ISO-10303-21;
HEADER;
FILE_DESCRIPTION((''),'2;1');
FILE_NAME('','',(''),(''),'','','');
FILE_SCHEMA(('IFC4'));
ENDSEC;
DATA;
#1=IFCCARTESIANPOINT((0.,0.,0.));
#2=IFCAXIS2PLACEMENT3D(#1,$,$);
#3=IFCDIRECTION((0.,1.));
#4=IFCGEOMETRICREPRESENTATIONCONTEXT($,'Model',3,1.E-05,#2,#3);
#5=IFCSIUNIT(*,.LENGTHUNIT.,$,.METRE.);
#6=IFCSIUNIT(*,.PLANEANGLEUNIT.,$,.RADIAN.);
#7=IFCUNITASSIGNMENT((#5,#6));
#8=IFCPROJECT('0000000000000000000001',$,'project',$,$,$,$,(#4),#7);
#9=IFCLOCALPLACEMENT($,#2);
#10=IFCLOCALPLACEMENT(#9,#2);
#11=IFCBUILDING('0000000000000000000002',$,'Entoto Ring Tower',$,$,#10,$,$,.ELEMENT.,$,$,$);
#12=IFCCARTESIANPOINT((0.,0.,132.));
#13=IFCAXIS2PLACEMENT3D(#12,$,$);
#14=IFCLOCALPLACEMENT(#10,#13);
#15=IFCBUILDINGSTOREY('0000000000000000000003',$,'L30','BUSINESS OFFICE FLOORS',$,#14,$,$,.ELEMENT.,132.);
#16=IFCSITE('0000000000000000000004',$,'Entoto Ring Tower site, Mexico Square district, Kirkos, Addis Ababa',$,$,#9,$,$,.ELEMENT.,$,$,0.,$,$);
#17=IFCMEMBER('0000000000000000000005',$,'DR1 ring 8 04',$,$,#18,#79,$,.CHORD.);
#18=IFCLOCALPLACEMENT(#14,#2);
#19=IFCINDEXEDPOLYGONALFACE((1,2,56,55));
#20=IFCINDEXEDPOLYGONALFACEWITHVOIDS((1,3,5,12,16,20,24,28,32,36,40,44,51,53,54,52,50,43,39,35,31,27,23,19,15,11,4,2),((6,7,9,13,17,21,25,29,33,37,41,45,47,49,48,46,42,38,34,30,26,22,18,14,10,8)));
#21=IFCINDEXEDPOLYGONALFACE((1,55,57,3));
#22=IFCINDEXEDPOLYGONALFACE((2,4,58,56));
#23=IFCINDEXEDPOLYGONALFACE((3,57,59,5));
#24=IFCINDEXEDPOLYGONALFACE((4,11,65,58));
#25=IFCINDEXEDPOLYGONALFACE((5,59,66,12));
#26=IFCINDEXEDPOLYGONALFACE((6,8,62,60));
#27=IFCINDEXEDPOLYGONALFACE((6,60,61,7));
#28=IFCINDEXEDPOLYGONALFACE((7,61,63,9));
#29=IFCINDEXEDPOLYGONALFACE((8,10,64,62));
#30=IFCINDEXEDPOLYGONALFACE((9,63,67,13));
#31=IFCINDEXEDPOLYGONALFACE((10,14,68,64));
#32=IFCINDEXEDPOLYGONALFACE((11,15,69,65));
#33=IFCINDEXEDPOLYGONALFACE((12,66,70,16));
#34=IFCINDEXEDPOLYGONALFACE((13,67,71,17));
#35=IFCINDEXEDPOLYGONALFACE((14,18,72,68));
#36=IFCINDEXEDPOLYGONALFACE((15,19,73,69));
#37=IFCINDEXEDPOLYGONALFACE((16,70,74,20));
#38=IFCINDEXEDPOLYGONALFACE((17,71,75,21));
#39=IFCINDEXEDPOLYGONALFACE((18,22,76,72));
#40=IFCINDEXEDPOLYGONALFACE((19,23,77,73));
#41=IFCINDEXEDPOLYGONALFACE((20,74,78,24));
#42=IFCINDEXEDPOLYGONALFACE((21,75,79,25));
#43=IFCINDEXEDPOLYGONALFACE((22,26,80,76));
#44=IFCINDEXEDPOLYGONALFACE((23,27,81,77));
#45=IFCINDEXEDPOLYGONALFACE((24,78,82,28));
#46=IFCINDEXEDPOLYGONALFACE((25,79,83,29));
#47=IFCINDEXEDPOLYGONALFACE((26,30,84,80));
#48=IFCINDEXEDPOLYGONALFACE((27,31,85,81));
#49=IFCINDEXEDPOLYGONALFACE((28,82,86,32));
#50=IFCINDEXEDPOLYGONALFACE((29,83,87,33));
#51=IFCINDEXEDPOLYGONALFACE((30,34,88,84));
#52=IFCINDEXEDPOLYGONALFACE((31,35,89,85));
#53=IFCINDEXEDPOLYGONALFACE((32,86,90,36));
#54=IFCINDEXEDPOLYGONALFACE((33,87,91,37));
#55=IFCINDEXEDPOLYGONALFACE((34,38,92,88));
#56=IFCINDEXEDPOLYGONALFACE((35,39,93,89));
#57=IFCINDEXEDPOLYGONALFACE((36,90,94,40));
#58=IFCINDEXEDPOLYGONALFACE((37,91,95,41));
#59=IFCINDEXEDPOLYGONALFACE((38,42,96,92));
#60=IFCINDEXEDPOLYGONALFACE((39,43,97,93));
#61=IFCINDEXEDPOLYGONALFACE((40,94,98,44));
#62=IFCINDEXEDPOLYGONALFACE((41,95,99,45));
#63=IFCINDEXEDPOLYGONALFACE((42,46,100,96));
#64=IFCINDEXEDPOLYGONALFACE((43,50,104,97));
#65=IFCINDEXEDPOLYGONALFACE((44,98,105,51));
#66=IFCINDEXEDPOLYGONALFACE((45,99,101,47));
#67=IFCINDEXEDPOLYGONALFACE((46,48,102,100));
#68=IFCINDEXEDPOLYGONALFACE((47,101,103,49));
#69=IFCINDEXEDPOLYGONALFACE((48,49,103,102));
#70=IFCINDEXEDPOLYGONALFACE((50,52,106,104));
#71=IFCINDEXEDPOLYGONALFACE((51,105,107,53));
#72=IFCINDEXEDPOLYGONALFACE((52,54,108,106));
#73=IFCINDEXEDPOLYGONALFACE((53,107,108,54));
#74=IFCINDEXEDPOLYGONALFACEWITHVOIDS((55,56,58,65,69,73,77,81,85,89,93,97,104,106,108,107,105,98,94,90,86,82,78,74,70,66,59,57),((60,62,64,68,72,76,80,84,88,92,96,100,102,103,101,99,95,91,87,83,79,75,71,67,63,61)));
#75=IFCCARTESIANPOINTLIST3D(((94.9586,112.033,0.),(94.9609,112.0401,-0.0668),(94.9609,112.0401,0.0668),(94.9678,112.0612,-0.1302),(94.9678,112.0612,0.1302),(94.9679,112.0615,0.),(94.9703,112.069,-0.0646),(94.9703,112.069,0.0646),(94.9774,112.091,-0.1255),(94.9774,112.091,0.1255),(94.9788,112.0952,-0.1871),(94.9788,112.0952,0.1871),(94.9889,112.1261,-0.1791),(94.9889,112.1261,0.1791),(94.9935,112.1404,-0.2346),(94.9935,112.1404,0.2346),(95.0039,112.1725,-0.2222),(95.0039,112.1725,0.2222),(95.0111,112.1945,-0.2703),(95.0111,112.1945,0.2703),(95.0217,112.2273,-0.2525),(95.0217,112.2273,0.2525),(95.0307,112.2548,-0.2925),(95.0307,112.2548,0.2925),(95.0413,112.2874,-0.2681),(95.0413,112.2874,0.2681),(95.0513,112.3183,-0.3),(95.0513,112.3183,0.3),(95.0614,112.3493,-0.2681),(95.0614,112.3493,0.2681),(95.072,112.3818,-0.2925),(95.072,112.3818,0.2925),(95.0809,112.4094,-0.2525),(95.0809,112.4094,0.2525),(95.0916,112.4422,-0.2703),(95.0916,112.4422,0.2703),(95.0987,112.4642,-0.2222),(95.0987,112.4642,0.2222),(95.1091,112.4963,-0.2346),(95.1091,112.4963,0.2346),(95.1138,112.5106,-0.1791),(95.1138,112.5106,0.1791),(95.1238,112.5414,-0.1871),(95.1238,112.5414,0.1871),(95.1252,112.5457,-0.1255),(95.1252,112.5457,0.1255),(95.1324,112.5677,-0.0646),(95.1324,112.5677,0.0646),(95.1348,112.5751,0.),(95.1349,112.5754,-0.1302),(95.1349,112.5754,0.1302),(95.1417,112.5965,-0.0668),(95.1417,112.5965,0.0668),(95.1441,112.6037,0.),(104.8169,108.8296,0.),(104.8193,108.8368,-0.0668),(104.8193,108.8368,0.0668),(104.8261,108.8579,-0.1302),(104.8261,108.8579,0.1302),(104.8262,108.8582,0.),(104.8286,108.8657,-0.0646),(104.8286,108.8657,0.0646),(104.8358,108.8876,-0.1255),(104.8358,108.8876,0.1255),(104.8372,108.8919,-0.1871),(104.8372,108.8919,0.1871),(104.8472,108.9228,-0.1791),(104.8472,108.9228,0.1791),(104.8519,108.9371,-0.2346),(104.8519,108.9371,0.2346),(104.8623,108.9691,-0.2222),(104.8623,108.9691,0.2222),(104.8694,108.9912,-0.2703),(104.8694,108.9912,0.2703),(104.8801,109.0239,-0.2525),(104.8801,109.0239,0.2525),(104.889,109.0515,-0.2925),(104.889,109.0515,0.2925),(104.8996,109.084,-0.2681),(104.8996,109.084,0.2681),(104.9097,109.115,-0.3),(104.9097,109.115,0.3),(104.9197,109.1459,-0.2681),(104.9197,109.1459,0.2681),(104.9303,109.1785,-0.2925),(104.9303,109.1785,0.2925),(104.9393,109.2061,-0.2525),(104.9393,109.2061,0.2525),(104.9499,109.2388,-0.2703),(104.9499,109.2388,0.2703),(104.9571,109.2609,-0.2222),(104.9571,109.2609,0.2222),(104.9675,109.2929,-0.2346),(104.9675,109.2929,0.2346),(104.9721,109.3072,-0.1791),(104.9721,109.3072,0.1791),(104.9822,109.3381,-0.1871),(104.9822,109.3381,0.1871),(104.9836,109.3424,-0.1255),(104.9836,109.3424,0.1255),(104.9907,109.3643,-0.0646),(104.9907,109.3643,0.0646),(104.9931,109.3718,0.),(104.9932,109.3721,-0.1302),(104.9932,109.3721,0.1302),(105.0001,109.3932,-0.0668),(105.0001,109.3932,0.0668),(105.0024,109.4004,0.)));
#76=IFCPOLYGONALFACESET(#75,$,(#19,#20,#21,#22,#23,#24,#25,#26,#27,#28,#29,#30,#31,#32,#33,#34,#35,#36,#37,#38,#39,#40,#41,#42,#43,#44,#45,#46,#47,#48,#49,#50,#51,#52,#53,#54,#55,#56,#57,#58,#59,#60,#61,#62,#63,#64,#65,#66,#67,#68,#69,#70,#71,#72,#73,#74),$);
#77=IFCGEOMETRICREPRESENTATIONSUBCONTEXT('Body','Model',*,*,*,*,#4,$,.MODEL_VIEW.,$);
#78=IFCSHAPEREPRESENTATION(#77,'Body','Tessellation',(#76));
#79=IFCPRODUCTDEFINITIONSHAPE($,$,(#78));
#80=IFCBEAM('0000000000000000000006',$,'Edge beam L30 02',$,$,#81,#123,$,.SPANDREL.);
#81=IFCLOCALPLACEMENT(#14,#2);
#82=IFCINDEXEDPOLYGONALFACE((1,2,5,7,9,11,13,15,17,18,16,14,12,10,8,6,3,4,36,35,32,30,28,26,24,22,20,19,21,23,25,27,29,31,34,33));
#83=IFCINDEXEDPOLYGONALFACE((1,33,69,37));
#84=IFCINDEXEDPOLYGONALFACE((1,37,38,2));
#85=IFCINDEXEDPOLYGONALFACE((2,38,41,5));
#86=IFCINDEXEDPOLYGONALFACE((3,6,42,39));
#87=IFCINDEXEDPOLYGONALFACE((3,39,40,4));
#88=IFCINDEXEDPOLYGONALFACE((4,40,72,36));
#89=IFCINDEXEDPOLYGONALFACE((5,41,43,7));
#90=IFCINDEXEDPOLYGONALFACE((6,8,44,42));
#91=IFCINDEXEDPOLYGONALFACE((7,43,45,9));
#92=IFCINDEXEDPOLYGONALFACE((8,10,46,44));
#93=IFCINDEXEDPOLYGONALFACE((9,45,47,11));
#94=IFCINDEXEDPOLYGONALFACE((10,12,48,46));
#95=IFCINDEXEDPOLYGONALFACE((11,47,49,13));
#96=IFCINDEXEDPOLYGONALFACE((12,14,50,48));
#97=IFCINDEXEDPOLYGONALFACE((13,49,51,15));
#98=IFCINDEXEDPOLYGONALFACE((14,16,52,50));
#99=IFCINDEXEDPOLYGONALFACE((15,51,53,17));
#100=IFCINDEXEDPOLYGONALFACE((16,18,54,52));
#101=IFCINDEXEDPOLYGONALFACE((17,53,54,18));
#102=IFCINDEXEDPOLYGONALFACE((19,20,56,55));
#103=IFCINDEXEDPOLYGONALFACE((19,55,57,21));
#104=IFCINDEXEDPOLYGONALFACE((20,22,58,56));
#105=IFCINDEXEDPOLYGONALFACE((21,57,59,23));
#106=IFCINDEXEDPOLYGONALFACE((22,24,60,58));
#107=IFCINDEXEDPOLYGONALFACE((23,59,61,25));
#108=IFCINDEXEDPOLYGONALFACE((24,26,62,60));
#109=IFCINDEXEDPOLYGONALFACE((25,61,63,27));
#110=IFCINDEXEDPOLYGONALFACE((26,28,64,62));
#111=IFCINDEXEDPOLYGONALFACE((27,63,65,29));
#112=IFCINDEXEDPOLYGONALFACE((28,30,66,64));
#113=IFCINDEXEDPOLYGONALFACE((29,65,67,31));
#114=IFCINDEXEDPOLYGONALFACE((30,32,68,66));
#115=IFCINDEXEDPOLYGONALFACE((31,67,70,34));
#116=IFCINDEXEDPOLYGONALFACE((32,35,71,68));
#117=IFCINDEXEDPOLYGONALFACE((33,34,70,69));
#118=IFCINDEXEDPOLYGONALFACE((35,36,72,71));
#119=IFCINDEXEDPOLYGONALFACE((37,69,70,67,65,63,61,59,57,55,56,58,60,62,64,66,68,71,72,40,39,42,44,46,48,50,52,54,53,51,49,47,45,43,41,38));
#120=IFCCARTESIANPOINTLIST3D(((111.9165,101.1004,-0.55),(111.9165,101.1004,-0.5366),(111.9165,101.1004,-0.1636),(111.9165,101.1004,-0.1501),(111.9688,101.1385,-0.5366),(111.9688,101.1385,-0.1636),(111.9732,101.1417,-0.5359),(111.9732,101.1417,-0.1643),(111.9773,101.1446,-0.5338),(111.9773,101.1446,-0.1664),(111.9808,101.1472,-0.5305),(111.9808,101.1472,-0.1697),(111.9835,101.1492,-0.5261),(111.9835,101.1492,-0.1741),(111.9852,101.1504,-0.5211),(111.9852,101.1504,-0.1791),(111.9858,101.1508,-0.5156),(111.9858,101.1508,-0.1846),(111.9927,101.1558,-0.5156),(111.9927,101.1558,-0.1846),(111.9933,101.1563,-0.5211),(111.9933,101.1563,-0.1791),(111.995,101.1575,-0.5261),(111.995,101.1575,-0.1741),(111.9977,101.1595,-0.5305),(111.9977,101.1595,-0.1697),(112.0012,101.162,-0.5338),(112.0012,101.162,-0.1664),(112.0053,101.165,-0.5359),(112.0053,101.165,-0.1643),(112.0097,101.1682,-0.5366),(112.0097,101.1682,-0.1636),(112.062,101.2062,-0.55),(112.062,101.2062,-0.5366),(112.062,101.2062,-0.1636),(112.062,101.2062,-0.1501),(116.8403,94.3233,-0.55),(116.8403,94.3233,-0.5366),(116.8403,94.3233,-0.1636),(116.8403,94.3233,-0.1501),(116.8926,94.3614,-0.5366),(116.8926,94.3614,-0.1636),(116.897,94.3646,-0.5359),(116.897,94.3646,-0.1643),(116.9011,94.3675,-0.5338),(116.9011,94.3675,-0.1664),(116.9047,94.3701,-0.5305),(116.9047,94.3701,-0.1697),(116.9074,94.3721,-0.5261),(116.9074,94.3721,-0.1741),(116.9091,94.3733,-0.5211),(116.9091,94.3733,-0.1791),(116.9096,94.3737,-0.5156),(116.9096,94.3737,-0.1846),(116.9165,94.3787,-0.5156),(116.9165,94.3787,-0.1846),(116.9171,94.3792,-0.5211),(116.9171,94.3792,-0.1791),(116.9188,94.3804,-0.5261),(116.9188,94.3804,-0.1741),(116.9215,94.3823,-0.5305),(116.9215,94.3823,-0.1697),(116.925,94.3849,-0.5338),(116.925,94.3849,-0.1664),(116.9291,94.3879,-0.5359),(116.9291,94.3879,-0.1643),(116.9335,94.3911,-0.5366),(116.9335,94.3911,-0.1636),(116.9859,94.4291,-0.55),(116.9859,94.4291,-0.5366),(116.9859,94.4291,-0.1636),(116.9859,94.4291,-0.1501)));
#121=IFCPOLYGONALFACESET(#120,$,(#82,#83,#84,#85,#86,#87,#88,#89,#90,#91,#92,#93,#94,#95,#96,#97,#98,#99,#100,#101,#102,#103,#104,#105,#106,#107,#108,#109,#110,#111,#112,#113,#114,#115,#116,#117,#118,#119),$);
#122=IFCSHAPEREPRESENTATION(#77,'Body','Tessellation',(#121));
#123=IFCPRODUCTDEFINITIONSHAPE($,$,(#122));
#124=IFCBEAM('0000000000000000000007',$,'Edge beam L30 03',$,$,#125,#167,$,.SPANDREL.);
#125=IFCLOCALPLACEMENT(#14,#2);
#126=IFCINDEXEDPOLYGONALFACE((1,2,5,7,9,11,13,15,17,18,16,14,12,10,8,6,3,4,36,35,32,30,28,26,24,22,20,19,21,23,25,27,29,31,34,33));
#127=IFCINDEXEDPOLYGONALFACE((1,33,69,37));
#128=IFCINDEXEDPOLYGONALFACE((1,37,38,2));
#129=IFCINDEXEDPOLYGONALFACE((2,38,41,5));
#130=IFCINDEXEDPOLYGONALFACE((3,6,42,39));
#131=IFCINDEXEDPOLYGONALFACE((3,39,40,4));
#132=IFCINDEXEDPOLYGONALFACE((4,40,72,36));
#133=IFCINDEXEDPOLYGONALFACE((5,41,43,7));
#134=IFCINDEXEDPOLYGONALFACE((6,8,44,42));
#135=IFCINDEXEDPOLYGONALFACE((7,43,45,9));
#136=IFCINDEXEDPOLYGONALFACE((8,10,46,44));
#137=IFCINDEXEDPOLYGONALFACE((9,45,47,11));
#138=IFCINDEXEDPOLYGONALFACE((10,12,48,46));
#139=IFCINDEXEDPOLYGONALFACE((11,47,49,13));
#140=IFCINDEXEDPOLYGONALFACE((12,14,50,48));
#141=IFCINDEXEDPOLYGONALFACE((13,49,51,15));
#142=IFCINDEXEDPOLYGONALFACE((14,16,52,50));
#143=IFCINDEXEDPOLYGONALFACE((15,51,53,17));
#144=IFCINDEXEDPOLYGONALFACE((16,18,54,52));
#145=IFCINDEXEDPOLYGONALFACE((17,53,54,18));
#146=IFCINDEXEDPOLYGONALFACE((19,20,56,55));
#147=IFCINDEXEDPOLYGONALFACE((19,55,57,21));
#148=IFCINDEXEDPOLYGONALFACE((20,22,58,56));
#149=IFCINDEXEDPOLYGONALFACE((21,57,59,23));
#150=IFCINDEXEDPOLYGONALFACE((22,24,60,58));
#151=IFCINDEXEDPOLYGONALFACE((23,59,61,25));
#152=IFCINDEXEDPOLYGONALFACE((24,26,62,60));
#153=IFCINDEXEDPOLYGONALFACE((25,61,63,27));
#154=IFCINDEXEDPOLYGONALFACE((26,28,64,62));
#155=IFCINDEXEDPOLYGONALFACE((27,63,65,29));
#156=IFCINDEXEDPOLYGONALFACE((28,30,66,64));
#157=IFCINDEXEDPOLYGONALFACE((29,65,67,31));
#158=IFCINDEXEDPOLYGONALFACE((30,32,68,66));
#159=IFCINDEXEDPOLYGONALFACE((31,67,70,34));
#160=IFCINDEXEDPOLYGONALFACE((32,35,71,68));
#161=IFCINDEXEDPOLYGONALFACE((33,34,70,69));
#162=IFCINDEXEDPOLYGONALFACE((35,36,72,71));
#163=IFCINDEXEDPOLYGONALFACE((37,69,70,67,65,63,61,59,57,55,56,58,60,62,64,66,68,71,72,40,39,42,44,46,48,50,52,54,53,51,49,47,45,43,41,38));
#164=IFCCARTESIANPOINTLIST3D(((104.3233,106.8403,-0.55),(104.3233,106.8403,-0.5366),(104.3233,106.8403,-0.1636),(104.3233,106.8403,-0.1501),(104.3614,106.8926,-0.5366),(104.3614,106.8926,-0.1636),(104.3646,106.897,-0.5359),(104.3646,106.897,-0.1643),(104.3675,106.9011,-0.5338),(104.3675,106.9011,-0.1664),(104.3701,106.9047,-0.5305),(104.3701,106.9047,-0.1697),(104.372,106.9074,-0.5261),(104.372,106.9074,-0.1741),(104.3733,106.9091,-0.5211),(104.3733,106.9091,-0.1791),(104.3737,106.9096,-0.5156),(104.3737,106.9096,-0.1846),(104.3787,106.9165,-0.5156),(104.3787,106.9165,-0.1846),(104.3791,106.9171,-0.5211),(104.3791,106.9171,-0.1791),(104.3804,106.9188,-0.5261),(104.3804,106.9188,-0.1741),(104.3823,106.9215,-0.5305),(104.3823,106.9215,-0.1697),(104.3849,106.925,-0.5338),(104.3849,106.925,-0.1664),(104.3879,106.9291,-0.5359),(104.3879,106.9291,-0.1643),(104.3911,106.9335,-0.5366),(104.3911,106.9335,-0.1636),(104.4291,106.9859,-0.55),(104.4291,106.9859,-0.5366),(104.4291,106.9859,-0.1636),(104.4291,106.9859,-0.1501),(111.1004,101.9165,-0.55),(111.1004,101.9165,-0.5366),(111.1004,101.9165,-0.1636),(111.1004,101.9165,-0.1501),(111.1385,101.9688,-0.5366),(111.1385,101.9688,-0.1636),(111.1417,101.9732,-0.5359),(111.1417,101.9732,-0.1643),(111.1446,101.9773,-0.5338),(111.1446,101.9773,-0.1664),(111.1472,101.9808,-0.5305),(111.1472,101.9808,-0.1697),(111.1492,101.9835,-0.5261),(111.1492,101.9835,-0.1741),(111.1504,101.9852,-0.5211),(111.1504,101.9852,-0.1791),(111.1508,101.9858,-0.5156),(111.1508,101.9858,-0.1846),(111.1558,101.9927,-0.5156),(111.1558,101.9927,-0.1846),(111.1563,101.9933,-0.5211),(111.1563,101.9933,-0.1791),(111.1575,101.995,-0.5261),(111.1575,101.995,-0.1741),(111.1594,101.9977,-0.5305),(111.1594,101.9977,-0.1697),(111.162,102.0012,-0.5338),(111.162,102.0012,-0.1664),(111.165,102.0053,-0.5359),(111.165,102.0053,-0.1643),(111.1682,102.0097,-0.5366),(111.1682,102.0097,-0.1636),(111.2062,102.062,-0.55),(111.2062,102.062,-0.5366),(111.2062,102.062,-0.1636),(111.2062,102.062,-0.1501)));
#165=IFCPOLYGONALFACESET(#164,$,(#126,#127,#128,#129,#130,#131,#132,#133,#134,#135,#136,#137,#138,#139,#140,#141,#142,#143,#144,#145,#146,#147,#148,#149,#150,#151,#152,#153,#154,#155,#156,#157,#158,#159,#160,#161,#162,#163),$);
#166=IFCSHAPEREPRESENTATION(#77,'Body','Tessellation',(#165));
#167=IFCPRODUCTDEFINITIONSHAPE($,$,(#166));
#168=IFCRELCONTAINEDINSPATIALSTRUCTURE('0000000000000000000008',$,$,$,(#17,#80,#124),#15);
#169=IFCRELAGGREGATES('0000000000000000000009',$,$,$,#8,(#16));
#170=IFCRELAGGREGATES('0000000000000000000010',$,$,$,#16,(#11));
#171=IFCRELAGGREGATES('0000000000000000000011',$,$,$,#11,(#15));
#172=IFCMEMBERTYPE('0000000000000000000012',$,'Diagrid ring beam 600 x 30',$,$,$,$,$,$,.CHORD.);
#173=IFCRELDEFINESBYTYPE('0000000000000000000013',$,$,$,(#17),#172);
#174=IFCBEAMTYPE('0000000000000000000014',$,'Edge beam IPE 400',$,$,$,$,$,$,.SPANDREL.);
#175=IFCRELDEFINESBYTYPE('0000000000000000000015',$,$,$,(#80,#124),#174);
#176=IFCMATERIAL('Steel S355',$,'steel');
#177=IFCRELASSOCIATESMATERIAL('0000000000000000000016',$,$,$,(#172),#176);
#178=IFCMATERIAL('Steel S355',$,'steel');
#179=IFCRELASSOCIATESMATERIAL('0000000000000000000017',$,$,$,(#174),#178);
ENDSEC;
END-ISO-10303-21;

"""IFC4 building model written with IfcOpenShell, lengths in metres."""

from ifc_helpers import new_model, si_unit, direction, frame, origin, origin_2d, place, context, subcontext, project, spatial, circle, hollow_circle, i_section, extrude, material, material_profile, profile_set, type_object, element, save


model = new_model("IFC4")

# Units and contexts
model_context = context("Model", 3, precision=1e-05, world=origin(), true_north=direction((0.0, 1.0)))
body_context = subcontext(model_context, "Body", "Model", "MODEL_VIEW")
ifc_project = project(units=[si_unit("LENGTHUNIT", "METRE"), si_unit("PLANEANGLEUNIT", "RADIAN")], contexts=[model_context])

# Site, building, storey
site_placement = place(None, origin())
site = spatial("IfcSite", under=ifc_project, at=site_placement, Name="Entoto Ring Tower site, Mexico Square district, Kirkos, Addis Ababa", CompositionType="ELEMENT", RefElevation=0.0)
building_placement = place(site_placement, origin())
building = spatial("IfcBuilding", under=site, at=building_placement, Name="Entoto Ring Tower", CompositionType="ELEMENT")
storey_placement = place(building_placement, frame((0.0, 0.0, 132.0)))
storey = spatial("IfcBuildingStorey", under=building, at=storey_placement, Name="L30", Description="BUSINESS OFFICE FLOORS", CompositionType="ELEMENT", Elevation=132.0)

# Member
ifc_material_1 = material(Name="Steel S355", Category="steel")
ifc_material_profile_1 = material_profile(ifc_material_1, hollow_circle(Radius=0.3, WallThickness=0.03, at=origin_2d()), Name="CHS 600 x 30")
ifc_material_2 = material(Name="Concrete C60/75", Category="concrete")
ifc_material_profile_2 = material_profile(ifc_material_2, circle(Radius=0.27, at=origin_2d()), Name="Concrete C60/75 infill")
ifc_profile_set_1 = profile_set([ifc_material_profile_1, ifc_material_profile_2], Name="Steel S355")
member_type_1 = type_object("IfcMemberType", Name="Diagrid ring beam 600 x 30", PredefinedType="CHORD", material=ifc_profile_set_1)
member_placement = place(storey_placement, frame((104.9097, 109.115, 0.0), z_axis=(-0.951051, 0.309033, 0.0), x_axis=(-0.309033, -0.951051, 0.0)))
element("IfcMember", 1, at=member_placement, inside=storey, type_object=member_type_1, Name="DR1 ring 8 04", PredefinedType="CHORD", context=body_context, shape_type="SweptSolid", body=[
    extrude(hollow_circle(Radius=0.3, WallThickness=0.03, at=origin_2d()), origin(), (0.0, 0.0, 1.0), 10.3657),
])

# Beams
ifc_material_3 = material(Name="Steel S355", Category="steel")
ifc_material_profile_3 = material_profile(ifc_material_3, i_section(OverallWidth=0.1799, OverallDepth=0.3999, WebThickness=0.0085, FlangeThickness=0.0134, FilletRadius=0.021, at=origin_2d()), Name="IPE 400")
ifc_profile_set_2 = profile_set([ifc_material_profile_3], Name="Steel S355")
beam_type = type_object("IfcBeamType", Name="Edge beam IPE 400", PredefinedType="SPANDREL", material=ifc_profile_set_2)
for number, where, z_axis, x_axis, name in (
    (2, (116.9131, 94.3762, -0.3501), (-0.587783, 0.809018, 0.0), (-0.809018, -0.587783, 0.0), "Edge beam L30 02"),
    (3, (111.1533, 101.9893, -0.3501), (-0.809018, 0.587783, 0.0), (-0.587783, -0.809018, 0.0), "Edge beam L30 03"),
):
    element("IfcBeam", number, at=place(storey_placement, frame(where, z_axis=z_axis, x_axis=x_axis)), inside=storey, type_object=beam_type, Name=name, PredefinedType="SPANDREL", context=body_context, shape_type="SweptSolid", body=[
        extrude(i_section(OverallWidth=0.1799, OverallDepth=0.3999, WebThickness=0.0085, FlangeThickness=0.0134, FilletRadius=0.021, at=origin_2d()), origin(), (0.0, 0.0, 1.0), 8.377),
    ])

save(model, "model.ifc")
